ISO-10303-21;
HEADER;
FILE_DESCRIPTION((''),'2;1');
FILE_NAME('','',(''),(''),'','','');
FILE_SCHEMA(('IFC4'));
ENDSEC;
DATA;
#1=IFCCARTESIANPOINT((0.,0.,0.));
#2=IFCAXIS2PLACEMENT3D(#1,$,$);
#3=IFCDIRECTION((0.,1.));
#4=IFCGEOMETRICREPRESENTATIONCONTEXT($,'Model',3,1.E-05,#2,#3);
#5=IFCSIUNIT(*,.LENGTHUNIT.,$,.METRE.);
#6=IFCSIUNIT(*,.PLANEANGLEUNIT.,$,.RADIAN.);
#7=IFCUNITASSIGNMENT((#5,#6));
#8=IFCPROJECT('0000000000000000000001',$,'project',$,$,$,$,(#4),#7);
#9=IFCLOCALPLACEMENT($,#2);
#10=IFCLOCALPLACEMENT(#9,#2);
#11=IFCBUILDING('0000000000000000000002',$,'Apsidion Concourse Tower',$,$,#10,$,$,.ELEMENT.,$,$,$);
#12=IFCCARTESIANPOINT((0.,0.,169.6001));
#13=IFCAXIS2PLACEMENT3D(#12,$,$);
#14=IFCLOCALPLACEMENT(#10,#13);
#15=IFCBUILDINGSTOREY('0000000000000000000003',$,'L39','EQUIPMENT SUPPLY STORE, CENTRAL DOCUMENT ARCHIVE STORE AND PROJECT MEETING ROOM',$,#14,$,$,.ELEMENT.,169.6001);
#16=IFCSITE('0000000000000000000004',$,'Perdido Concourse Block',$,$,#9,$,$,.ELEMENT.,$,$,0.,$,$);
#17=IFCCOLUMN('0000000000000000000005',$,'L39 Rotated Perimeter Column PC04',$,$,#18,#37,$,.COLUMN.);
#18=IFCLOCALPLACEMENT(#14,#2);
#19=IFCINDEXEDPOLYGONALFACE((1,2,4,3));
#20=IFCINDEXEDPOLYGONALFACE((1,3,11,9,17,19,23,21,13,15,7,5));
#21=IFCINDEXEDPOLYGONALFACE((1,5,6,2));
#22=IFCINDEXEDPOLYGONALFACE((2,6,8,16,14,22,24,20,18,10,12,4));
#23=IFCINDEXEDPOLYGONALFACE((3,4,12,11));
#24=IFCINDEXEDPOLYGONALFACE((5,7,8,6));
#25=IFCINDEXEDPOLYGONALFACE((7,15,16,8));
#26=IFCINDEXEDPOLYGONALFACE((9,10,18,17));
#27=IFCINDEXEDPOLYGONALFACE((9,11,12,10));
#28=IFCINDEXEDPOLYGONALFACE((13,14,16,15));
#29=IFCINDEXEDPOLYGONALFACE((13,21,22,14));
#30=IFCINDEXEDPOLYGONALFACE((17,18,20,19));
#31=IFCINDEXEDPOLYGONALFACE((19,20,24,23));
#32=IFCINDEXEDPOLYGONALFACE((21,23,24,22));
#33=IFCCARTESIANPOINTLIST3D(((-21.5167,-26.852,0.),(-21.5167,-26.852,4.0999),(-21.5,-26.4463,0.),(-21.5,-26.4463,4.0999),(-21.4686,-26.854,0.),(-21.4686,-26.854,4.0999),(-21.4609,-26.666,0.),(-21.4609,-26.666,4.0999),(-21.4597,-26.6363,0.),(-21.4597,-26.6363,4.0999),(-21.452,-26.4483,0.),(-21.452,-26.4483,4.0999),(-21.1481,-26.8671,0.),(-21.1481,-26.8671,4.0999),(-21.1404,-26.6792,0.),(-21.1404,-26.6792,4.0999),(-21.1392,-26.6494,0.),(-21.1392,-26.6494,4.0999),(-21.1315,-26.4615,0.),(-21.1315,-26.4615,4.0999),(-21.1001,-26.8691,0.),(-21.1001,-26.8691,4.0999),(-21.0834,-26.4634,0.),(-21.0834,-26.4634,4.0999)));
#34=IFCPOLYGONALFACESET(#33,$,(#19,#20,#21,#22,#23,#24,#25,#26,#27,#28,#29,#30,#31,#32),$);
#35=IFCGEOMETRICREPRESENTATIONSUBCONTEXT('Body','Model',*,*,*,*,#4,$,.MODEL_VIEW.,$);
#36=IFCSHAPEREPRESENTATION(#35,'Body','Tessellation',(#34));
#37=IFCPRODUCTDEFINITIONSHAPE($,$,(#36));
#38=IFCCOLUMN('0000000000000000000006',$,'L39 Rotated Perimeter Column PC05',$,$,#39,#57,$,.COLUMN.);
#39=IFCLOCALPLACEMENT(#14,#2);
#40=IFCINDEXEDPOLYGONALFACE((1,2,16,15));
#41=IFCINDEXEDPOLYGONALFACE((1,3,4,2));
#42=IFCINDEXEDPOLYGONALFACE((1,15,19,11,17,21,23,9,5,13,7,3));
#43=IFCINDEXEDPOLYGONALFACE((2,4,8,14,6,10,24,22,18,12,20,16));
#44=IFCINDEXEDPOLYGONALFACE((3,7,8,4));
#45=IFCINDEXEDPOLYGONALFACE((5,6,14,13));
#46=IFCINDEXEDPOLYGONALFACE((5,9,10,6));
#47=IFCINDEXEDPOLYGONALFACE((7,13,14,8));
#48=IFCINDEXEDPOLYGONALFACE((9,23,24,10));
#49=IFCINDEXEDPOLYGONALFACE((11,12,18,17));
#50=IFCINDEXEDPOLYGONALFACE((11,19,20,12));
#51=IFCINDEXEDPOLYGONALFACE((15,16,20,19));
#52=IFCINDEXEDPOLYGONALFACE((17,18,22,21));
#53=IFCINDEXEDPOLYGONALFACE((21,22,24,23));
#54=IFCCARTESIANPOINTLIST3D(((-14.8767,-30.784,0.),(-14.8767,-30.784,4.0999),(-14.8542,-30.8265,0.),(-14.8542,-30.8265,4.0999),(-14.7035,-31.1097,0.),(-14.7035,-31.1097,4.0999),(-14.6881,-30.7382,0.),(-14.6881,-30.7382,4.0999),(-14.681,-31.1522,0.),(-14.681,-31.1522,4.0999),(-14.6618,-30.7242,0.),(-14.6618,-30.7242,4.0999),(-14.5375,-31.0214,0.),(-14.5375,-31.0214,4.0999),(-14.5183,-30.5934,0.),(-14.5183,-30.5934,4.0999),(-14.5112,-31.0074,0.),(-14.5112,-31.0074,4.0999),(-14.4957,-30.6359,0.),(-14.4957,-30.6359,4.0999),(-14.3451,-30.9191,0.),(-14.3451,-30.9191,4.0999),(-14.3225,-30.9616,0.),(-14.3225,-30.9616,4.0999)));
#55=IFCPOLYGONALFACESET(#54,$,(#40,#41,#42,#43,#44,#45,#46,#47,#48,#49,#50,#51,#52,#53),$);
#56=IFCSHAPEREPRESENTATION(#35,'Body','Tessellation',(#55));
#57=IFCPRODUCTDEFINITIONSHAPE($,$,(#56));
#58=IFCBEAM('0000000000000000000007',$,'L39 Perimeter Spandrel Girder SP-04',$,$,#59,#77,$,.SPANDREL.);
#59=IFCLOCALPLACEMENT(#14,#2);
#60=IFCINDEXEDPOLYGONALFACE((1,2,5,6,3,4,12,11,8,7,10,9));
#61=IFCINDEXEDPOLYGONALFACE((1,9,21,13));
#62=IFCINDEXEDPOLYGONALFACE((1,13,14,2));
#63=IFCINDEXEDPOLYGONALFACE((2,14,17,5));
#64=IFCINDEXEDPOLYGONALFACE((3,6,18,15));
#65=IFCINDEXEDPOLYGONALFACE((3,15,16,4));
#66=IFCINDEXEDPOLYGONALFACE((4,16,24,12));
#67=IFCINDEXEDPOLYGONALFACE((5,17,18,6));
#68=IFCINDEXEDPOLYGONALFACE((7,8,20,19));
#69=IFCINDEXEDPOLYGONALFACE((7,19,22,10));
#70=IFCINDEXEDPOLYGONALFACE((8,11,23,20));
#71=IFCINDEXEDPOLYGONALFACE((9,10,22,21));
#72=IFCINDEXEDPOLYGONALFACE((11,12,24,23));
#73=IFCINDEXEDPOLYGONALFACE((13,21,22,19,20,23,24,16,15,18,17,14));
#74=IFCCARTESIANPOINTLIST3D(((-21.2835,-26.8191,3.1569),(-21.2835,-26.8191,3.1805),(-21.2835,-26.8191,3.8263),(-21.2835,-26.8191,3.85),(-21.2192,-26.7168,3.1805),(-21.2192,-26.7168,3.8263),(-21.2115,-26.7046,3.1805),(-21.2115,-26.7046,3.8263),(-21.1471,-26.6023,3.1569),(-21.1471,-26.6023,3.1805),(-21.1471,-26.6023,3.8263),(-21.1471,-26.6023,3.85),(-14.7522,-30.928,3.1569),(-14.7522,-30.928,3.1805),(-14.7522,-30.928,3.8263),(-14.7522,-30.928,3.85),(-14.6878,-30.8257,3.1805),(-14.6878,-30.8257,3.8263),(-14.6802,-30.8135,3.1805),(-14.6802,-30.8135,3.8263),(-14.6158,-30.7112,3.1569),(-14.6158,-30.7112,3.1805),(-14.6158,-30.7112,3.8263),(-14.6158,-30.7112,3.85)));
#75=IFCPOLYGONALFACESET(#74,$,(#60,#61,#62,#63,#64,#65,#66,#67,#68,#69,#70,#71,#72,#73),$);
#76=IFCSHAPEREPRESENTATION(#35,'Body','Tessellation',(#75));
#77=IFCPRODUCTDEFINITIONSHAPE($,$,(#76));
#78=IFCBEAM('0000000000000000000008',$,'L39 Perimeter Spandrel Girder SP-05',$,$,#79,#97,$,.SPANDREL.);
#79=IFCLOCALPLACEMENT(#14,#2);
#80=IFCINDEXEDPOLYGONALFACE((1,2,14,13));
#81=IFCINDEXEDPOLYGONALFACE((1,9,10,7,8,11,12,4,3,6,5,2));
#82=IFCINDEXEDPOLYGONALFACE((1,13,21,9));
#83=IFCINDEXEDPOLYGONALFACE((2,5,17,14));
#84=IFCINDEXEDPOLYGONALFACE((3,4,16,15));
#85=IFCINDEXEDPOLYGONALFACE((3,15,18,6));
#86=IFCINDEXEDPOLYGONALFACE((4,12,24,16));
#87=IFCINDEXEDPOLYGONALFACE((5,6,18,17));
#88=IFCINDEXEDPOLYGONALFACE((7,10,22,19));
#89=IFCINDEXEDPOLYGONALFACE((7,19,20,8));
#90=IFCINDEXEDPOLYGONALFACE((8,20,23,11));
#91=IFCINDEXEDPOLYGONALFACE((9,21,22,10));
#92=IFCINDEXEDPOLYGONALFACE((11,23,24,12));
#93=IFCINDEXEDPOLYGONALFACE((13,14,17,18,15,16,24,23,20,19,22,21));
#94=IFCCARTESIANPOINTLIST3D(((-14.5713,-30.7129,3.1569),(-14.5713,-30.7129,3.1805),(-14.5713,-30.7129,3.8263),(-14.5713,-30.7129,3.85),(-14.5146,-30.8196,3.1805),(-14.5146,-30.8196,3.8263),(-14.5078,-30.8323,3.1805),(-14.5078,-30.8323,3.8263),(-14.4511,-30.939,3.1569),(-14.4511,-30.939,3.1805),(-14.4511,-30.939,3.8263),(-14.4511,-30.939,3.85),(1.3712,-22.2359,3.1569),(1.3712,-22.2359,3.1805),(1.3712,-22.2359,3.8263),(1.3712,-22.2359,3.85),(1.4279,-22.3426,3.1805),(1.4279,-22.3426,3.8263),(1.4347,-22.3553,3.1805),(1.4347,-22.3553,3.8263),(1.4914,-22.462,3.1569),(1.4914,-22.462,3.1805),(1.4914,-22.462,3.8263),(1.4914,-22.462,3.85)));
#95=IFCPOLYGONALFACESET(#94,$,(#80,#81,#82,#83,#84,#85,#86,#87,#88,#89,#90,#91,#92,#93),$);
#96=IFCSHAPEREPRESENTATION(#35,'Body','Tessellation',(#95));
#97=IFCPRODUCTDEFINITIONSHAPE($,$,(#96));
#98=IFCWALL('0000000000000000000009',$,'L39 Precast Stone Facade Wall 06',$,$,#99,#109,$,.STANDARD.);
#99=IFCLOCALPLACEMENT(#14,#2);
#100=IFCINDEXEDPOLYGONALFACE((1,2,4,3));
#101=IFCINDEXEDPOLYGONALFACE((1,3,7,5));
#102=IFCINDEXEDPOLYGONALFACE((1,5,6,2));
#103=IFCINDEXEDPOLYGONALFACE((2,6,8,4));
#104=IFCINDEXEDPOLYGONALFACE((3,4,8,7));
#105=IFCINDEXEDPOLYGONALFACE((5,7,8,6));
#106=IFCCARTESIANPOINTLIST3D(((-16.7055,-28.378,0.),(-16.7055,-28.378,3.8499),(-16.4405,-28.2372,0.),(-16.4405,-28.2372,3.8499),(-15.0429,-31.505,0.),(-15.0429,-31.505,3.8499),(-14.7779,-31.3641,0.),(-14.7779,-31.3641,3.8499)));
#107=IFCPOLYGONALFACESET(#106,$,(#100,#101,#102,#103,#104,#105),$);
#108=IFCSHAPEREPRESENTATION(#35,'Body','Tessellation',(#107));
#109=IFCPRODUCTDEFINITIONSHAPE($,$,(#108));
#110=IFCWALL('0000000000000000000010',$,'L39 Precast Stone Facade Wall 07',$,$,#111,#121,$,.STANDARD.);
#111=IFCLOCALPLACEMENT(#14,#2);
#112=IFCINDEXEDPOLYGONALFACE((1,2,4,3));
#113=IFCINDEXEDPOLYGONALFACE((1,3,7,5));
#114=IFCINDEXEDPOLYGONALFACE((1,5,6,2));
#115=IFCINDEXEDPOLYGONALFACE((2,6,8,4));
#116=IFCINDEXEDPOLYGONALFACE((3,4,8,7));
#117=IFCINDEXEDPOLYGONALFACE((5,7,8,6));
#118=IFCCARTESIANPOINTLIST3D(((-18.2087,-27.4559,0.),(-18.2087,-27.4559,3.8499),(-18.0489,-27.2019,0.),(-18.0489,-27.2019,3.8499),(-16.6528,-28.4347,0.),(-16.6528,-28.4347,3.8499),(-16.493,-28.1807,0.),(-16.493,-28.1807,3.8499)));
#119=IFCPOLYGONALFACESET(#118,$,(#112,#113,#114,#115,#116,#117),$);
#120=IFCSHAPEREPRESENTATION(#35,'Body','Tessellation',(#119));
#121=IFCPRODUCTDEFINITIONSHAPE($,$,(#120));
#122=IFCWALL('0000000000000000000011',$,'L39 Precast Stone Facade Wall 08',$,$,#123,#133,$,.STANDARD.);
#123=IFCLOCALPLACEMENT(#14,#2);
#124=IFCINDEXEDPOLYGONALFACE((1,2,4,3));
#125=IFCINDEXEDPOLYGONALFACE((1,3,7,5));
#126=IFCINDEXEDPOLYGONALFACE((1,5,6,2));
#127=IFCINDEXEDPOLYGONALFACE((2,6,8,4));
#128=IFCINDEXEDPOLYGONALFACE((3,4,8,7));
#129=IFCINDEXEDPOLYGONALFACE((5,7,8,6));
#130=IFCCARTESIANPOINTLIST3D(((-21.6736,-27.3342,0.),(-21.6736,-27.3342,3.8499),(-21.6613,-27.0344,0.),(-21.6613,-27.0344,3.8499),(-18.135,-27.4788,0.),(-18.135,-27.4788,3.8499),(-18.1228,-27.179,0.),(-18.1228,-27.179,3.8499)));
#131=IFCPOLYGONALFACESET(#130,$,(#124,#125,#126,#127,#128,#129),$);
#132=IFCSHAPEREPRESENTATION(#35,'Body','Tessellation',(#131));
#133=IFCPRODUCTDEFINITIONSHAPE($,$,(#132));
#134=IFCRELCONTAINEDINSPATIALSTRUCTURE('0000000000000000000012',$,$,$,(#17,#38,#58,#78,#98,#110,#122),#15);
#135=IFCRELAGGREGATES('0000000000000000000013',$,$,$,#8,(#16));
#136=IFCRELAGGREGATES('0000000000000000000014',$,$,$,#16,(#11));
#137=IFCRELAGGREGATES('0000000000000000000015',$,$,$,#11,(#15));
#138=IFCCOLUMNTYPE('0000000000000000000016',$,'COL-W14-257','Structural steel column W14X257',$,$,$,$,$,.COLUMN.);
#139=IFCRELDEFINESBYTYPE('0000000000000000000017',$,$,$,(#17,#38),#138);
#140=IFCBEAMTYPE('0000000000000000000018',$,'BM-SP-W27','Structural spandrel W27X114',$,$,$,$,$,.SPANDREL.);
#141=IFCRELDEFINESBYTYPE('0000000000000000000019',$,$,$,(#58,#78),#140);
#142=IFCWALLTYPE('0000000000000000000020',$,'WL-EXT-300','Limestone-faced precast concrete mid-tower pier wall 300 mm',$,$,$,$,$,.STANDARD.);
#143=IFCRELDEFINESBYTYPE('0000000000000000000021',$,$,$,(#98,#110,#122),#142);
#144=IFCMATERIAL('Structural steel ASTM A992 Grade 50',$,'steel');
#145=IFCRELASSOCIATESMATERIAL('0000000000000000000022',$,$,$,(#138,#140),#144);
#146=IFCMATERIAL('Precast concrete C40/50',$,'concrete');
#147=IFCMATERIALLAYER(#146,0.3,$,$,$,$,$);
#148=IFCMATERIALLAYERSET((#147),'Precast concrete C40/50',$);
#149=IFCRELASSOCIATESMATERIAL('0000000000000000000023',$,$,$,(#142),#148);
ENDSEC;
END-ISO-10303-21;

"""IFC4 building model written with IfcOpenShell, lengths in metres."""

from ifc_helpers import new_model, si_unit, direction, frame, frame_2d, origin, origin_2d, place, context, subcontext, project, spatial, rectangle, i_section, extrude, material, layer, layer_set, material_profile, profile_set, type_object, element, save


model = new_model("IFC4")

# Units and contexts
model_context = context("Model", 3, precision=1e-05, world=origin(), true_north=direction((0.0, 1.0)))
body_context = subcontext(model_context, "Body", "Model", "MODEL_VIEW")
ifc_project = project(units=[si_unit("LENGTHUNIT", "METRE"), si_unit("PLANEANGLEUNIT", "RADIAN")], contexts=[model_context])

# Site, building, storey
site_placement = place(None, origin())
site = spatial("IfcSite", under=ifc_project, at=site_placement, Name="Perdido Concourse Block", CompositionType="ELEMENT", RefElevation=0.0)
building_placement = place(site_placement, origin())
building = spatial("IfcBuilding", under=site, at=building_placement, Name="Apsidion Concourse Tower", CompositionType="ELEMENT")
storey_placement = place(building_placement, frame((0.0, 0.0, 169.6001)))
storey = spatial("IfcBuildingStorey", under=building, at=storey_placement, Name="L39", Description="EQUIPMENT SUPPLY STORE, CENTRAL DOCUMENT ARCHIVE STORE AND PROJECT MEETING ROOM", CompositionType="ELEMENT", Elevation=169.6001)

# Columns
ifc_material_1 = material(Name="Structural steel ASTM A992 Grade 50", Category="steel")
ifc_material_profile_1 = material_profile(ifc_material_1, i_section(OverallWidth=0.406, OverallDepth=0.417, WebThickness=0.0298, FlangeThickness=0.0481, at=origin_2d()), Name="W14X257")
ifc_profile_set_1 = profile_set([ifc_material_profile_1], Name="Structural steel ASTM A992 Grade 50")
column_type = type_object("IfcColumnType", Name="COL-W14-257", Description="Structural steel column W14X257", PredefinedType="COLUMN", material=ifc_profile_set_1)
for number, where, z_axis, x_axis, name in (
    (1, (-21.3, -26.6577, 0.0), (0.0, 0.0, 1.0), (0.041004, 0.999159, 0.0), "L39 Rotated Perimeter Column PC04"),
    (2, (-14.5996, -30.8728, 0.0), (0.0, 0.0, 1.0), (0.882948, 0.469472, 0.0), "L39 Rotated Perimeter Column PC05"),
):
    element("IfcColumn", number, at=place(storey_placement, frame(where, z_axis=z_axis, x_axis=x_axis)), inside=storey, type_object=column_type, Name=name, PredefinedType="COLUMN", context=body_context, shape_type="SweptSolid", body=[
        extrude(i_section(OverallWidth=0.406, OverallDepth=0.417, WebThickness=0.0298, FlangeThickness=0.0481, at=origin_2d()), origin(), (0.0, 0.0, 1.0), 4.0999),
    ])

# Beams
ifc_material_profile_2 = material_profile(ifc_material_1, i_section(OverallWidth=0.2561, OverallDepth=0.6931, WebThickness=0.0144, FlangeThickness=0.0237, at=origin_2d()), Name="W27X114")
ifc_profile_set_2 = profile_set([ifc_material_profile_2], Name="Structural steel ASTM A992 Grade 50")
beam_type = type_object("IfcBeamType", Name="BM-SP-W27", Description="Structural spandrel W27X114", PredefinedType="SPANDREL", material=ifc_profile_set_2)
beam_1_placement = place(storey_placement, frame((-21.2153, -26.7107, 3.5034), z_axis=(0.84643, -0.532499, 0.0), x_axis=(0.532499, 0.84643, 0.0)))
element("IfcBeam", 3, at=beam_1_placement, inside=storey, type_object=beam_type, Name="L39 Perimeter Spandrel Girder SP-04", PredefinedType="SPANDREL", context=body_context, shape_type="SweptSolid", body=[
    extrude(i_section(OverallWidth=0.2561, OverallDepth=0.6931, WebThickness=0.0144, FlangeThickness=0.0237, at=origin_2d()), origin(), (0.0, 0.0, 1.0), 7.7163),
])
beam_2_placement = place(storey_placement, frame((-14.5112, -30.8259, 3.5034), z_axis=(0.882943, 0.46948, 0.0), x_axis=(-0.46948, 0.882943, 0.0)))
element("IfcBeam", 4, at=beam_2_placement, inside=storey, type_object=beam_type, Name="L39 Perimeter Spandrel Girder SP-05", PredefinedType="SPANDREL", context=body_context, shape_type="SweptSolid", body=[
    extrude(i_section(OverallWidth=0.2561, OverallDepth=0.6931, WebThickness=0.0144, FlangeThickness=0.0237, at=origin_2d()), origin(), (0.0, 0.0, 1.0), 18.0562),
])

# Walls
ifc_material_2 = material(Name="Precast concrete C40/50", Category="concrete")
ifc_layer_1 = layer(ifc_material_2, 0.3)
ifc_layer_set_1 = layer_set([ifc_layer_1], Name="Precast concrete C40/50")
wall_type_1 = type_object("IfcWallType", Name="WL-EXT-300", Description="Limestone-faced precast concrete mid-tower pier wall 300 mm", PredefinedType="STANDARD", material=ifc_layer_set_1)
wall_1_placement = place(storey_placement, frame((-14.9104, -31.4346, 0.0), z_axis=(0.0, 0.0, 1.0), x_axis=(-0.469464, 0.882951, 0.0)))
element("IfcWall", 5, at=wall_1_placement, inside=storey, type_object=wall_type_1, Name="L39 Precast Stone Facade Wall 06", PredefinedType="STANDARD", context=body_context, shape_type="SweptSolid", body=[
    extrude(rectangle(XDim=3.5415, YDim=0.3, at=frame_2d((1.7708, 0.0))), origin(), (0.0, 0.0, 1.0), 3.8499),
])
wall_2_placement = place(storey_placement, frame((-16.573, -28.3076, 0.0), z_axis=(0.0, 0.0, 1.0), x_axis=(-0.84645, 0.532468, 0.0)))
element("IfcWall", 6, at=wall_2_placement, inside=storey, type_object=wall_type_1, Name="L39 Precast Stone Facade Wall 07", PredefinedType="STANDARD", context=body_context, shape_type="SweptSolid", body=[
    extrude(rectangle(XDim=1.8381, YDim=0.3, at=frame_2d((0.9189, 0.0))), origin(), (0.0, 0.0, 1.0), 3.8499),
])
wall_3_placement = place(storey_placement, frame((-18.1289, -27.3289, 0.0), z_axis=(0.0, 0.0, 1.0), x_axis=(-0.999167, 0.04081, 0.0)))
element("IfcWall", 7, at=wall_3_placement, inside=storey, type_object=wall_type_1, Name="L39 Precast Stone Facade Wall 08", PredefinedType="STANDARD", context=body_context, shape_type="SweptSolid", body=[
    extrude(rectangle(XDim=3.5415, YDim=0.3, at=frame_2d((1.7708, 0.0))), origin(), (0.0, 0.0, 1.0), 3.8499),
])

save(model, "model.ifc")
